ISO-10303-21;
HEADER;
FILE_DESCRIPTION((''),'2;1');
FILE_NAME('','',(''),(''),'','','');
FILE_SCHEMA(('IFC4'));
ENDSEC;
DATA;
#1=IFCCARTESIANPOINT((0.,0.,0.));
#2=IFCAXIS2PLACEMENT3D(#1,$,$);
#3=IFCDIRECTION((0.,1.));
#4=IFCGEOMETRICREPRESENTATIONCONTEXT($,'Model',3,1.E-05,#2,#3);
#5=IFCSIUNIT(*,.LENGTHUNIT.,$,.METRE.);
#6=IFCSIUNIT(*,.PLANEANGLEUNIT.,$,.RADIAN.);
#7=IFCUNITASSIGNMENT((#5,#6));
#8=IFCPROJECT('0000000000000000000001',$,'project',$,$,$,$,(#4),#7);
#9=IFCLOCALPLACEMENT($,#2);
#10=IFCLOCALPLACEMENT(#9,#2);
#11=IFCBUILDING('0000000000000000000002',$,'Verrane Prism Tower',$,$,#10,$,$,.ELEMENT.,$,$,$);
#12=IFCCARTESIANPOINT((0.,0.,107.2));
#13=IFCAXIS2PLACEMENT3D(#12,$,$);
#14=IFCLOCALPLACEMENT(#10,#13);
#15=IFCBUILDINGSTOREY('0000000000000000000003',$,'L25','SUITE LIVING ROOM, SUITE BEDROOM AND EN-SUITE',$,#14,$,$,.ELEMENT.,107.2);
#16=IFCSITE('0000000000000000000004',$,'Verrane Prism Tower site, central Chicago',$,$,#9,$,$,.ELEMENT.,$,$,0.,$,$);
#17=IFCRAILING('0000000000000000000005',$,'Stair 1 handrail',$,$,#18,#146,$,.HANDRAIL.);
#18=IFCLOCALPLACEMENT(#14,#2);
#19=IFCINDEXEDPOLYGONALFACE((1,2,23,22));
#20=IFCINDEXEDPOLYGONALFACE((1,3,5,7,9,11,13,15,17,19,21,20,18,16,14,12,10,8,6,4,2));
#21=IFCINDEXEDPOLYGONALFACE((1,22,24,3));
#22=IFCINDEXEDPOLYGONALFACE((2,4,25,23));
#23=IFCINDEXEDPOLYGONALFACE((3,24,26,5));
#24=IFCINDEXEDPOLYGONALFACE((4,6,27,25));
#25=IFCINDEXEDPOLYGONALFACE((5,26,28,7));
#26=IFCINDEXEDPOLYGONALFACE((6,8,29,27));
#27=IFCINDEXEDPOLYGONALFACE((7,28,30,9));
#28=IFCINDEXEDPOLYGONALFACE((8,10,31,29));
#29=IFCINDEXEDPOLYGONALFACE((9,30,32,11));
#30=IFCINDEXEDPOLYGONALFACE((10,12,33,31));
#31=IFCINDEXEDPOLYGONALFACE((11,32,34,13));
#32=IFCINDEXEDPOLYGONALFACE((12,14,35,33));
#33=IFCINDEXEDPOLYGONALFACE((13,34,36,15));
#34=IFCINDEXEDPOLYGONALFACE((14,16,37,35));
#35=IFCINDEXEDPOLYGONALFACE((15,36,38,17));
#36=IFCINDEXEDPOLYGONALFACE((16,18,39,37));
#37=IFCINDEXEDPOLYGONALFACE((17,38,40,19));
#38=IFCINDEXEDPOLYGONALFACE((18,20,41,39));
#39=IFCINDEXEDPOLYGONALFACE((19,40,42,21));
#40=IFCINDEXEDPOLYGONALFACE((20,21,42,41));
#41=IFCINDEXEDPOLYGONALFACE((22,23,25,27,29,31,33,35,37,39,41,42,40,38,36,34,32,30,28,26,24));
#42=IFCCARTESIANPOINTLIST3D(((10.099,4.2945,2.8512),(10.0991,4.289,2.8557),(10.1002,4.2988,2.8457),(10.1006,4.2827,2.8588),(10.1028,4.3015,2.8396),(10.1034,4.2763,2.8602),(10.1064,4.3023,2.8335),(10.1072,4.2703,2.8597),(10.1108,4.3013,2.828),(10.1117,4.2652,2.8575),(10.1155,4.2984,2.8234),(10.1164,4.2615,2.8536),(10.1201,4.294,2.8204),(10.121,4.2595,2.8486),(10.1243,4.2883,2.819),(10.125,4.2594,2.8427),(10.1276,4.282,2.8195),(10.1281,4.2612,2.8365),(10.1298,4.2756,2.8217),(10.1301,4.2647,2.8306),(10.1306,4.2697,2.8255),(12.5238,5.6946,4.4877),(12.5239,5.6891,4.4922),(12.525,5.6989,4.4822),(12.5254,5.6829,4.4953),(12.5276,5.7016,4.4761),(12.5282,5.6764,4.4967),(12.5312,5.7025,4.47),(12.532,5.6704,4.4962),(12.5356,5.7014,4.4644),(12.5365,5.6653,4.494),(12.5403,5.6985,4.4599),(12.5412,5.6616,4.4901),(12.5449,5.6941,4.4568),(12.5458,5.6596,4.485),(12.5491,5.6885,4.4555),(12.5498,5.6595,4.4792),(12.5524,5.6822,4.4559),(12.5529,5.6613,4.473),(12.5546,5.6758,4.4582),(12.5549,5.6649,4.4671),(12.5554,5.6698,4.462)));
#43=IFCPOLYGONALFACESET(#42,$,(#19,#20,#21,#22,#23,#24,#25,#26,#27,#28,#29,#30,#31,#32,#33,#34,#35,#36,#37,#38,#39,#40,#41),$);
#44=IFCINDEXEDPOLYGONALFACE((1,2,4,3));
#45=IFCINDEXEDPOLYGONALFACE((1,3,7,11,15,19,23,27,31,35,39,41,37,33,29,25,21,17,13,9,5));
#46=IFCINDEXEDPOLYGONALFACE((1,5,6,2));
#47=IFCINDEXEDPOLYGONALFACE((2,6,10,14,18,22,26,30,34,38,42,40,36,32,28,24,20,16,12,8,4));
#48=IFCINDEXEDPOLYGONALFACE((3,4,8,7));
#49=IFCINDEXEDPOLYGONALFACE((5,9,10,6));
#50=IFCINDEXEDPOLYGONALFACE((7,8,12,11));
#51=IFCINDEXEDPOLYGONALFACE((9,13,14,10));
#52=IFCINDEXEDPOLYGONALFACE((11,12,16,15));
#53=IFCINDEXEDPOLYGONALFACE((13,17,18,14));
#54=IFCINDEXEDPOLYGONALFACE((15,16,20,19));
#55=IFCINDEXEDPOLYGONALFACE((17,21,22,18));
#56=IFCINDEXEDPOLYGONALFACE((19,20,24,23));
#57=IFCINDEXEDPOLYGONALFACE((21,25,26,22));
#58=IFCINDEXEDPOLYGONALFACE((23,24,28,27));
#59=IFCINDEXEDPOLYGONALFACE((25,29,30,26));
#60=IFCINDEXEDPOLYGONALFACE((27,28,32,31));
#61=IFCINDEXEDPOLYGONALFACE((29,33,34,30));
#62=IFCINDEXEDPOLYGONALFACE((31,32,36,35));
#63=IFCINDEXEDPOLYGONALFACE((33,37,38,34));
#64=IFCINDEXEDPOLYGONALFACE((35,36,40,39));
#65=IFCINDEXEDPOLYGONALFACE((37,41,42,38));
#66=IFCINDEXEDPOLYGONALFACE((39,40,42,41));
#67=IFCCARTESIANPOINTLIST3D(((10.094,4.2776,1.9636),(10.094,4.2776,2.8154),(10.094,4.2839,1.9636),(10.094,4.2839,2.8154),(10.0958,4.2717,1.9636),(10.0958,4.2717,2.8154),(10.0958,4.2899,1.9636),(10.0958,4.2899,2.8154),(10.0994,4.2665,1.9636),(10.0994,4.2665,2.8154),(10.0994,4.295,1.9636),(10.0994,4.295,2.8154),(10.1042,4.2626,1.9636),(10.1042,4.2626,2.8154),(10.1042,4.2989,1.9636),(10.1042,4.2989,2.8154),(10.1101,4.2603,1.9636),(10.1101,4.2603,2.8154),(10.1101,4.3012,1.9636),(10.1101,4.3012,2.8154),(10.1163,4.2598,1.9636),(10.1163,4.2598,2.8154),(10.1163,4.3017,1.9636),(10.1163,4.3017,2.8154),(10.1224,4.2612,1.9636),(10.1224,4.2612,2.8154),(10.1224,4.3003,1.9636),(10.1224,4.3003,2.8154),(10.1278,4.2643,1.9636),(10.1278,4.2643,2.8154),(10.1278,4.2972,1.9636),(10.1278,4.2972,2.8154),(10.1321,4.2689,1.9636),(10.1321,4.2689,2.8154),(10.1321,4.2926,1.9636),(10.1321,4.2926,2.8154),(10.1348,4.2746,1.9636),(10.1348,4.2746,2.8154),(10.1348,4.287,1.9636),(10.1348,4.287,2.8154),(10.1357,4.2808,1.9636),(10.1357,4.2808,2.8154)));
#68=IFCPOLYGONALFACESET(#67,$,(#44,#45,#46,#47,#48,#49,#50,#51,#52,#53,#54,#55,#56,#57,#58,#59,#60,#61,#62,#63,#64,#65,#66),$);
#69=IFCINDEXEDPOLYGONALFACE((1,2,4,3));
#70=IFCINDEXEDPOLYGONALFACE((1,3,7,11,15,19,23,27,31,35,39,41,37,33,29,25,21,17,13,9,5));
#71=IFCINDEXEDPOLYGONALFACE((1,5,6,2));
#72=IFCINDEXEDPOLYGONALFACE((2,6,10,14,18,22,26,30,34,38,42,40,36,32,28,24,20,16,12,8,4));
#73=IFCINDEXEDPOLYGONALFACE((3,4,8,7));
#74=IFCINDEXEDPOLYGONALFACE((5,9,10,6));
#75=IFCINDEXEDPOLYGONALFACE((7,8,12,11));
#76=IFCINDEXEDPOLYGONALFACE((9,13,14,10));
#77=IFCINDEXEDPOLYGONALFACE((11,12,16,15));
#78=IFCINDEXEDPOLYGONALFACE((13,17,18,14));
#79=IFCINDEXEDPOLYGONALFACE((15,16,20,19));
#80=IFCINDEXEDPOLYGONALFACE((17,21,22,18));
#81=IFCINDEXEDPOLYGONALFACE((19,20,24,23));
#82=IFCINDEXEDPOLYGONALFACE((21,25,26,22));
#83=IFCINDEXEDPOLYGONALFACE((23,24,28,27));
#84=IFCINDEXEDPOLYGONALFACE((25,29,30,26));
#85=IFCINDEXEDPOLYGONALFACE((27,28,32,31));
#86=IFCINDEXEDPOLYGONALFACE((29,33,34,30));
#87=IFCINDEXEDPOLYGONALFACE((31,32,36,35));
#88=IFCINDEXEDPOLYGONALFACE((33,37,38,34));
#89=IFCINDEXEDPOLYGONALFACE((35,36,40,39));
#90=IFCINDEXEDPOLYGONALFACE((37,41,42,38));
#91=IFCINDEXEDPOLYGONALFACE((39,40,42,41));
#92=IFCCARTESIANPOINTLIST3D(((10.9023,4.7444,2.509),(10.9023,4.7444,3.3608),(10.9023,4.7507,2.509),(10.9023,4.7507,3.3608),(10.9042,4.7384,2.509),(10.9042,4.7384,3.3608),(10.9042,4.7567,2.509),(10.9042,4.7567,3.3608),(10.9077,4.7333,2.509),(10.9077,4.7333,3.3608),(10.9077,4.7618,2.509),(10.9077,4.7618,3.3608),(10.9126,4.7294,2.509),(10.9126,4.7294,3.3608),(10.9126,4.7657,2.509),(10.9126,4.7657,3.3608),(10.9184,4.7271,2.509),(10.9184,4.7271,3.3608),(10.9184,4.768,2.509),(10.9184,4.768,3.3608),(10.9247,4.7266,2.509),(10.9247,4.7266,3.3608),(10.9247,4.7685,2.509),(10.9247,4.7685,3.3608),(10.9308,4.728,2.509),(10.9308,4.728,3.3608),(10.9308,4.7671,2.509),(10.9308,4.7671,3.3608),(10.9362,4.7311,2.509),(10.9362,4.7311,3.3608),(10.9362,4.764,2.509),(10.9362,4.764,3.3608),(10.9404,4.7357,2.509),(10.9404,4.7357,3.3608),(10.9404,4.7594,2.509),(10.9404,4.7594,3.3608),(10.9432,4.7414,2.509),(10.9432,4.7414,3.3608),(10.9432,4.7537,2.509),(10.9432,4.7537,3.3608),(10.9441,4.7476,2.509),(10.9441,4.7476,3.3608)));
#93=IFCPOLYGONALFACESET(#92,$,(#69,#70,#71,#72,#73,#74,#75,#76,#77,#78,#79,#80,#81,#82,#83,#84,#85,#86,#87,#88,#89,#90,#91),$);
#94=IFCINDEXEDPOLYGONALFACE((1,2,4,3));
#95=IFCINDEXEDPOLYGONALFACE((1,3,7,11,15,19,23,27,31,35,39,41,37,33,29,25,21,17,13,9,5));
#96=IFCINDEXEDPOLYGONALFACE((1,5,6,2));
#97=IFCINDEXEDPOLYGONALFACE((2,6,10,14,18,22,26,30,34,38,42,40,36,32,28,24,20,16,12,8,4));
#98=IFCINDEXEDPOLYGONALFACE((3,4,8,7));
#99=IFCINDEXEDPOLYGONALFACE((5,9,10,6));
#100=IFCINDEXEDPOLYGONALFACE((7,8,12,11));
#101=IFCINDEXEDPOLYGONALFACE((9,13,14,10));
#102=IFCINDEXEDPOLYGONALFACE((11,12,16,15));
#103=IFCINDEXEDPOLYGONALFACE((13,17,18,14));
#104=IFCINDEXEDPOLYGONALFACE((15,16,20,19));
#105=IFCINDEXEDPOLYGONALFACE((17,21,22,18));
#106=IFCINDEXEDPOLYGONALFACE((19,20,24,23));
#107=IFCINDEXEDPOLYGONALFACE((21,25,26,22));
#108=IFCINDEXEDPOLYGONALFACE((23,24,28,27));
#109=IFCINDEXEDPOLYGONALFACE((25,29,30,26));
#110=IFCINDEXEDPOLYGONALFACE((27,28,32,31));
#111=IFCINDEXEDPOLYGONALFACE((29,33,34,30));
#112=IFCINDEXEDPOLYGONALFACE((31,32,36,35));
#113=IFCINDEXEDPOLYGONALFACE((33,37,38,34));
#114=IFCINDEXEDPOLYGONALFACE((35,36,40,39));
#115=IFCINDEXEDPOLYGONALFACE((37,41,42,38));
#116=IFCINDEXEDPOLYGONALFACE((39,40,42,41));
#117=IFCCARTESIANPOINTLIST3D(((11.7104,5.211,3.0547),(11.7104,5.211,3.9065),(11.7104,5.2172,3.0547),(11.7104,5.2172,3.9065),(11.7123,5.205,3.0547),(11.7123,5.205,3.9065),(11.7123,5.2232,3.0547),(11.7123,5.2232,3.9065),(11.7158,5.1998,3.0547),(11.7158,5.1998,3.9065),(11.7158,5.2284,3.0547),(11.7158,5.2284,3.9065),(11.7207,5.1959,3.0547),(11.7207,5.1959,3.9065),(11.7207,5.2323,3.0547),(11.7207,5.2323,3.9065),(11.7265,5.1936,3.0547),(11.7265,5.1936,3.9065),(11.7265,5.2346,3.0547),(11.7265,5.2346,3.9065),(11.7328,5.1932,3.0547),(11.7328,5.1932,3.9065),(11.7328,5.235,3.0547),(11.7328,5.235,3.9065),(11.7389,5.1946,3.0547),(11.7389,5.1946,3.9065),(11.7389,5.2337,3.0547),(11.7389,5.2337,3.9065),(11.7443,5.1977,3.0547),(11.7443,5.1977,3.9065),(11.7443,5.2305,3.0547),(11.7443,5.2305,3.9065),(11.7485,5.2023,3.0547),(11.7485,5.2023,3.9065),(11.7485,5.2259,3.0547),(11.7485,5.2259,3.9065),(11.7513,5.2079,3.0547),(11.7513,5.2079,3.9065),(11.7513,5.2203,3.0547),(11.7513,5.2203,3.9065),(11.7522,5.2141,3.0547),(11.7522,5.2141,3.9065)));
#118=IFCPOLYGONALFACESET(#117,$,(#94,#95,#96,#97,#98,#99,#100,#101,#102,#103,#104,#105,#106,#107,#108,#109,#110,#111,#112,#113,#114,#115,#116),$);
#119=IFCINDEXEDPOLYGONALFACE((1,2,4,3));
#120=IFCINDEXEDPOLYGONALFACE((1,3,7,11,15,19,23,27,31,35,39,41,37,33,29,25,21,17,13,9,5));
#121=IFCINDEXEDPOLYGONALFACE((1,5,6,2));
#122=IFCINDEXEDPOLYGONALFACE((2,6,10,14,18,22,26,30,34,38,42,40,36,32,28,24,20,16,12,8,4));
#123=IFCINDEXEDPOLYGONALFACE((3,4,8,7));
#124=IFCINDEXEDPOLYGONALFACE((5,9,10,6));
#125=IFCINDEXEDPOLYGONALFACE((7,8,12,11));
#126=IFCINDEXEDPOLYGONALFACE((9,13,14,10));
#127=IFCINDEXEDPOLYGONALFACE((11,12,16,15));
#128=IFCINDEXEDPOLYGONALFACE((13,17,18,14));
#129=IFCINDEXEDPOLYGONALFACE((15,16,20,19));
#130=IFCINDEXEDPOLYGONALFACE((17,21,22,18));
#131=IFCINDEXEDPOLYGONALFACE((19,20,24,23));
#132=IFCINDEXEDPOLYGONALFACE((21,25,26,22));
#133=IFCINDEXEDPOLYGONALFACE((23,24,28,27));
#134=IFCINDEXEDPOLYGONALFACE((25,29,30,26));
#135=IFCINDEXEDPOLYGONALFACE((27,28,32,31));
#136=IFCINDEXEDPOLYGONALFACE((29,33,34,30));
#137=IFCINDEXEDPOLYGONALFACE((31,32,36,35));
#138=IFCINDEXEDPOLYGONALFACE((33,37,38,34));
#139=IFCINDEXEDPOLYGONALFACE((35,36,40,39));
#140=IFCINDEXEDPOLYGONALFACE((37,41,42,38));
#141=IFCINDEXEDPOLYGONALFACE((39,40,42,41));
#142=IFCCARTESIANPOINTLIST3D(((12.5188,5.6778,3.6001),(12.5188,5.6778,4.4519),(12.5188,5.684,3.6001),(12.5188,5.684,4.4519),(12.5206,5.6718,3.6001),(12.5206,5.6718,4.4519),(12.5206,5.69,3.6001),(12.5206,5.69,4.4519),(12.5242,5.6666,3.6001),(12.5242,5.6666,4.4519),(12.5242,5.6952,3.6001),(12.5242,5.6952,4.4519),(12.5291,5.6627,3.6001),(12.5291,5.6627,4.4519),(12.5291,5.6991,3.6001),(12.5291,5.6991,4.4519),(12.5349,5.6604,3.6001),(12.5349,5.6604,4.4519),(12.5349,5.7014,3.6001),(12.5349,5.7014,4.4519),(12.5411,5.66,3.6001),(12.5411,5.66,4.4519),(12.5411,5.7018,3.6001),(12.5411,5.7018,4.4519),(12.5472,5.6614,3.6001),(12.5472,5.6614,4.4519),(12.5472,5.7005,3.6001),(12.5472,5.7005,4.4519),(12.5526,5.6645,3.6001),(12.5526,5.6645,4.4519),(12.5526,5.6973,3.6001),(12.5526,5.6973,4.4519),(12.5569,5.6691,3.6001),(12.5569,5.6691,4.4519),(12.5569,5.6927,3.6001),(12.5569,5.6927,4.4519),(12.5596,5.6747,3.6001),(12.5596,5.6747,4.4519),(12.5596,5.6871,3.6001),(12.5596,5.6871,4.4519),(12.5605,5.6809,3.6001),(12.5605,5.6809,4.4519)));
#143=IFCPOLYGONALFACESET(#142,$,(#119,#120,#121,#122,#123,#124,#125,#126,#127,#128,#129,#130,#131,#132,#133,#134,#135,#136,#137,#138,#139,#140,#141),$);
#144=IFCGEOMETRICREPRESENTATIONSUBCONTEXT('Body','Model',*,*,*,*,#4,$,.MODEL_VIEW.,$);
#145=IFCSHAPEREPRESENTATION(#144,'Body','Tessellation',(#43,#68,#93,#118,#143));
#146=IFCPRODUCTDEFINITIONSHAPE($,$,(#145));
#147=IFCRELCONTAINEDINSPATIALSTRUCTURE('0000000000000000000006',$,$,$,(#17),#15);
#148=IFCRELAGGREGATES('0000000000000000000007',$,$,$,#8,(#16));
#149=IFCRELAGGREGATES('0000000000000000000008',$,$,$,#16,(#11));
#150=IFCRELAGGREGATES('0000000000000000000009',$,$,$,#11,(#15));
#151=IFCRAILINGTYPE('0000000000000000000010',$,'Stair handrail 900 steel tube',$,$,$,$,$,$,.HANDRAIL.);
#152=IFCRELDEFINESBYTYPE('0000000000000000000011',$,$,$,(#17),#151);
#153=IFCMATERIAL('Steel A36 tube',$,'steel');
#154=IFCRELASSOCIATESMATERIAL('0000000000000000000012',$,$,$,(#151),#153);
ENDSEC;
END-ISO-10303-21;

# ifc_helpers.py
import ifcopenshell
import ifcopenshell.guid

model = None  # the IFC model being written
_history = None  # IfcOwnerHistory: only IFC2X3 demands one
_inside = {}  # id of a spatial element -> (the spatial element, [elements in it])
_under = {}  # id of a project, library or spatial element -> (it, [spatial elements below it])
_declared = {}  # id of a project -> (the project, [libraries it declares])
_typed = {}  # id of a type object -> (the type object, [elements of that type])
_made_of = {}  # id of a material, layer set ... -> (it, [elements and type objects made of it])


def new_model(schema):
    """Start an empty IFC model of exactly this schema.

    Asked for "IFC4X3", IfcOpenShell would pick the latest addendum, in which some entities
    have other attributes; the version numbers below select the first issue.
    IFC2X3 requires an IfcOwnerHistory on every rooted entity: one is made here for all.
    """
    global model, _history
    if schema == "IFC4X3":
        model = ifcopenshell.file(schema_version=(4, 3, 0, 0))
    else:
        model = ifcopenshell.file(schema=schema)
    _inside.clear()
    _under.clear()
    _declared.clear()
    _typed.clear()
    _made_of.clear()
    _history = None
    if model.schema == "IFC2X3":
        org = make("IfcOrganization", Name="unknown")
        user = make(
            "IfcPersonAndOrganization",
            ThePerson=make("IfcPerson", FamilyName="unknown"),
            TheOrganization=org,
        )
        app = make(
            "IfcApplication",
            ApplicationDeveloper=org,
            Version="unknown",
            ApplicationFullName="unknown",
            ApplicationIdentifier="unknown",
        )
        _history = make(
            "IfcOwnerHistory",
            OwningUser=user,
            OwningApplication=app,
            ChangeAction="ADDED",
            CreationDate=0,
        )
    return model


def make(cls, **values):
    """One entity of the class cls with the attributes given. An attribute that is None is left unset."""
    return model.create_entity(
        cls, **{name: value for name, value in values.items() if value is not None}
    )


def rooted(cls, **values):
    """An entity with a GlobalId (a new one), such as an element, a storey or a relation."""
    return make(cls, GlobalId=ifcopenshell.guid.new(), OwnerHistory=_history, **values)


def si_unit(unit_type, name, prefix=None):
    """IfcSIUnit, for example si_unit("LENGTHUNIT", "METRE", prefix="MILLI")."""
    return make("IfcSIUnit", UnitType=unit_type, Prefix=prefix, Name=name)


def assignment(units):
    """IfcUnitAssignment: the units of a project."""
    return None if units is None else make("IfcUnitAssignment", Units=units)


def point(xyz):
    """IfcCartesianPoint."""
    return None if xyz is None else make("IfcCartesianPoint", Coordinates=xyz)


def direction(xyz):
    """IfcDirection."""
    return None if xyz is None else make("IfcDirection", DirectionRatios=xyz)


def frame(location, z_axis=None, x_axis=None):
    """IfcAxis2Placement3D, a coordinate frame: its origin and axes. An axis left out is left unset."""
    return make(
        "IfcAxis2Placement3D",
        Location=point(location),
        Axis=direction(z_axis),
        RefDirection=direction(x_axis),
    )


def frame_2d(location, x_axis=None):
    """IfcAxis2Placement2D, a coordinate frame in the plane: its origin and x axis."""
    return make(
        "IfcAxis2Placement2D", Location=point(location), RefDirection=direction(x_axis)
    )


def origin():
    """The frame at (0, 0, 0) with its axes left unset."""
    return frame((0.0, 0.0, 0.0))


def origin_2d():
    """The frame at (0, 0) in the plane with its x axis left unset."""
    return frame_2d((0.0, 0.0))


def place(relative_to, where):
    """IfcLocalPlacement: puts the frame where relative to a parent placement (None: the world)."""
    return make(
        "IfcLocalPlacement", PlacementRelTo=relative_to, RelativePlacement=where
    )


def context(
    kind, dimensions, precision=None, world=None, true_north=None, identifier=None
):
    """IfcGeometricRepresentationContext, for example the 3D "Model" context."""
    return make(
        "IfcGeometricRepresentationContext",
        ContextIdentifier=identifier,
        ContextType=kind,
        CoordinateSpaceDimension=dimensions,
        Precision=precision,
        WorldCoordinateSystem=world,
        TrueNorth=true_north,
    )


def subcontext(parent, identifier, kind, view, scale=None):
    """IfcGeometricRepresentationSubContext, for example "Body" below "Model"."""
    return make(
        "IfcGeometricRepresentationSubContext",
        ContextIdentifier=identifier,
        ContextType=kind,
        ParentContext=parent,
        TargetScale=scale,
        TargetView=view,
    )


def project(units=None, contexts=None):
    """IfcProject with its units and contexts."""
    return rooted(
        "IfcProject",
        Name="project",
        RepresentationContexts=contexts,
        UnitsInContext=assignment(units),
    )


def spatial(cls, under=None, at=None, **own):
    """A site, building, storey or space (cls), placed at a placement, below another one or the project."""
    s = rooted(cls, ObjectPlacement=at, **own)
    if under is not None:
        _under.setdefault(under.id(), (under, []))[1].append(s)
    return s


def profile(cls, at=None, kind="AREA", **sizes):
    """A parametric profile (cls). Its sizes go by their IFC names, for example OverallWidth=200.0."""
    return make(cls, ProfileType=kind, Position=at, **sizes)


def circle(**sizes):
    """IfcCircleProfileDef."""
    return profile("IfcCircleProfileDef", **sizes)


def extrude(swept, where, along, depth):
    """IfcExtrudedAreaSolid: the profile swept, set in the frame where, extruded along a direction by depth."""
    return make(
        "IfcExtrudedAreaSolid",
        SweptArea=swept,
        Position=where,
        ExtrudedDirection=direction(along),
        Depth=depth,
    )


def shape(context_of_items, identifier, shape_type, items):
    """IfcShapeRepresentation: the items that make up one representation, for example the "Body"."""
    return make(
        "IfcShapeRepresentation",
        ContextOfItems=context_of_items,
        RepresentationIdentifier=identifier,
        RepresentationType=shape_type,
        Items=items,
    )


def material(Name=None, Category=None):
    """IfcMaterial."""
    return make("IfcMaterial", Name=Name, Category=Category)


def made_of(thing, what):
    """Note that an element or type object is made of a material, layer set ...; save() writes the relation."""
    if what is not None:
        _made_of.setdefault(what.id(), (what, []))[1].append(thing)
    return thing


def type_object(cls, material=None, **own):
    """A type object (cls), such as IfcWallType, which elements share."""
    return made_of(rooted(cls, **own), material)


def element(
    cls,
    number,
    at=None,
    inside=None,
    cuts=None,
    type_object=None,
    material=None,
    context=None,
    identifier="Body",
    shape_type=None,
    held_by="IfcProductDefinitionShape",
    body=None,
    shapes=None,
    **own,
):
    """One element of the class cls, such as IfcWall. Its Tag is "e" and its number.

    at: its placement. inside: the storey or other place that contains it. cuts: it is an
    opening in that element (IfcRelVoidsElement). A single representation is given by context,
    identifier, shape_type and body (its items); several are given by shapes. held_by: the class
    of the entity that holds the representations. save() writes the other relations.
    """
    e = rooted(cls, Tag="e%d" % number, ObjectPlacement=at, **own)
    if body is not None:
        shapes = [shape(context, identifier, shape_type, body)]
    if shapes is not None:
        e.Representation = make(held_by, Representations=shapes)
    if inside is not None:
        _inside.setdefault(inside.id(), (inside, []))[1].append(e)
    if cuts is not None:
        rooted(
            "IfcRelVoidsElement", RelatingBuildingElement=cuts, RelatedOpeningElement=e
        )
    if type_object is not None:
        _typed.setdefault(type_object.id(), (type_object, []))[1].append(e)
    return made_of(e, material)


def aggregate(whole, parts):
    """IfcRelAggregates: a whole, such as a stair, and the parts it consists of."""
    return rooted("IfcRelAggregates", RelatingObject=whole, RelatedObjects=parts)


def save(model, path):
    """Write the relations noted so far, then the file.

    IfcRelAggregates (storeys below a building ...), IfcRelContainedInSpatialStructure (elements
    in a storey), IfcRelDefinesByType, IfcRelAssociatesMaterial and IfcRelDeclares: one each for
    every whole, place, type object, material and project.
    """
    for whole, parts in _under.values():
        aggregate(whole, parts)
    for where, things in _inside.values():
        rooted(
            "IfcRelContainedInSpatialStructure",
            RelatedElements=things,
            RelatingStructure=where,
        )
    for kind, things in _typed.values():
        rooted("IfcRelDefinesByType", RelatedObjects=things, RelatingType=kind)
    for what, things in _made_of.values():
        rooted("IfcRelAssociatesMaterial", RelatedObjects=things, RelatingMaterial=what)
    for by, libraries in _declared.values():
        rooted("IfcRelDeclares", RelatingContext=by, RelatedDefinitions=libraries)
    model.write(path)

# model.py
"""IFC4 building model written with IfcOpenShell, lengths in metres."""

from ifc_helpers import new_model, si_unit, direction, frame, origin, origin_2d, place, context, subcontext, project, spatial, circle, extrude, material, type_object, element, save


model = new_model("IFC4")

# Units and contexts
model_context = context("Model", 3, precision=1e-05, world=origin(), true_north=direction((0.0, 1.0)))
body_context = subcontext(model_context, "Body", "Model", "MODEL_VIEW")
ifc_project = project(units=[si_unit("LENGTHUNIT", "METRE"), si_unit("PLANEANGLEUNIT", "RADIAN")], contexts=[model_context])

# Site, building, storey
site_placement = place(None, origin())
site = spatial("IfcSite", under=ifc_project, at=site_placement, Name="Verrane Prism Tower site, central Chicago", CompositionType="ELEMENT", RefElevation=0.0)
building_placement = place(site_placement, origin())
building = spatial("IfcBuilding", under=site, at=building_placement, Name="Verrane Prism Tower", CompositionType="ELEMENT")
storey_placement = place(building_placement, frame((0.0, 0.0, 107.2)))
storey = spatial("IfcBuildingStorey", under=building, at=storey_placement, Name="L25", Description="SUITE LIVING ROOM, SUITE BEDROOM AND EN-SUITE", CompositionType="ELEMENT", Elevation=107.2)

# Railing
ifc_material_1 = material(Name="Steel A36 tube", Category="steel")
railing_type_1 = type_object("IfcRailingType", Name="Stair handrail 900 steel tube", PredefinedType="HANDRAIL", material=ifc_material_1)
railing_1_placement = place(storey_placement, frame((10.1147, 4.2808, 1.9636)))
element("IfcRailing", 1, at=railing_1_placement, inside=storey, type_object=railing_type_1, Name="Stair 1 handrail", PredefinedType="HANDRAIL", context=body_context, shape_type="SweptSolid", body=[
    extrude(circle(Radius=0.0239, at=origin_2d()), frame((0.0, 0.0, 0.876), z_axis=(0.747666, 0.431722, 0.504591), x_axis=(-0.50005, 0.865997, 0.0)), (0.0, 0.0, 1.0), 3.2432),
    extrude(circle(Radius=0.021, at=origin_2d()), origin(), (0.0, 0.0, 1.0), 0.8518),
    extrude(circle(Radius=0.021, at=origin_2d()), frame((0.8083, 0.4668, 0.5454)), (0.0, 0.0, 1.0), 0.8518),
    extrude(circle(Radius=0.021, at=origin_2d()), frame((1.6165, 0.9333, 1.0911)), (0.0, 0.0, 1.0), 0.8518),
    extrude(circle(Radius=0.021, at=origin_2d()), frame((2.4248, 1.4001, 1.6365)), (0.0, 0.0, 1.0), 0.8518),
])

save(model, "model.ifc")
